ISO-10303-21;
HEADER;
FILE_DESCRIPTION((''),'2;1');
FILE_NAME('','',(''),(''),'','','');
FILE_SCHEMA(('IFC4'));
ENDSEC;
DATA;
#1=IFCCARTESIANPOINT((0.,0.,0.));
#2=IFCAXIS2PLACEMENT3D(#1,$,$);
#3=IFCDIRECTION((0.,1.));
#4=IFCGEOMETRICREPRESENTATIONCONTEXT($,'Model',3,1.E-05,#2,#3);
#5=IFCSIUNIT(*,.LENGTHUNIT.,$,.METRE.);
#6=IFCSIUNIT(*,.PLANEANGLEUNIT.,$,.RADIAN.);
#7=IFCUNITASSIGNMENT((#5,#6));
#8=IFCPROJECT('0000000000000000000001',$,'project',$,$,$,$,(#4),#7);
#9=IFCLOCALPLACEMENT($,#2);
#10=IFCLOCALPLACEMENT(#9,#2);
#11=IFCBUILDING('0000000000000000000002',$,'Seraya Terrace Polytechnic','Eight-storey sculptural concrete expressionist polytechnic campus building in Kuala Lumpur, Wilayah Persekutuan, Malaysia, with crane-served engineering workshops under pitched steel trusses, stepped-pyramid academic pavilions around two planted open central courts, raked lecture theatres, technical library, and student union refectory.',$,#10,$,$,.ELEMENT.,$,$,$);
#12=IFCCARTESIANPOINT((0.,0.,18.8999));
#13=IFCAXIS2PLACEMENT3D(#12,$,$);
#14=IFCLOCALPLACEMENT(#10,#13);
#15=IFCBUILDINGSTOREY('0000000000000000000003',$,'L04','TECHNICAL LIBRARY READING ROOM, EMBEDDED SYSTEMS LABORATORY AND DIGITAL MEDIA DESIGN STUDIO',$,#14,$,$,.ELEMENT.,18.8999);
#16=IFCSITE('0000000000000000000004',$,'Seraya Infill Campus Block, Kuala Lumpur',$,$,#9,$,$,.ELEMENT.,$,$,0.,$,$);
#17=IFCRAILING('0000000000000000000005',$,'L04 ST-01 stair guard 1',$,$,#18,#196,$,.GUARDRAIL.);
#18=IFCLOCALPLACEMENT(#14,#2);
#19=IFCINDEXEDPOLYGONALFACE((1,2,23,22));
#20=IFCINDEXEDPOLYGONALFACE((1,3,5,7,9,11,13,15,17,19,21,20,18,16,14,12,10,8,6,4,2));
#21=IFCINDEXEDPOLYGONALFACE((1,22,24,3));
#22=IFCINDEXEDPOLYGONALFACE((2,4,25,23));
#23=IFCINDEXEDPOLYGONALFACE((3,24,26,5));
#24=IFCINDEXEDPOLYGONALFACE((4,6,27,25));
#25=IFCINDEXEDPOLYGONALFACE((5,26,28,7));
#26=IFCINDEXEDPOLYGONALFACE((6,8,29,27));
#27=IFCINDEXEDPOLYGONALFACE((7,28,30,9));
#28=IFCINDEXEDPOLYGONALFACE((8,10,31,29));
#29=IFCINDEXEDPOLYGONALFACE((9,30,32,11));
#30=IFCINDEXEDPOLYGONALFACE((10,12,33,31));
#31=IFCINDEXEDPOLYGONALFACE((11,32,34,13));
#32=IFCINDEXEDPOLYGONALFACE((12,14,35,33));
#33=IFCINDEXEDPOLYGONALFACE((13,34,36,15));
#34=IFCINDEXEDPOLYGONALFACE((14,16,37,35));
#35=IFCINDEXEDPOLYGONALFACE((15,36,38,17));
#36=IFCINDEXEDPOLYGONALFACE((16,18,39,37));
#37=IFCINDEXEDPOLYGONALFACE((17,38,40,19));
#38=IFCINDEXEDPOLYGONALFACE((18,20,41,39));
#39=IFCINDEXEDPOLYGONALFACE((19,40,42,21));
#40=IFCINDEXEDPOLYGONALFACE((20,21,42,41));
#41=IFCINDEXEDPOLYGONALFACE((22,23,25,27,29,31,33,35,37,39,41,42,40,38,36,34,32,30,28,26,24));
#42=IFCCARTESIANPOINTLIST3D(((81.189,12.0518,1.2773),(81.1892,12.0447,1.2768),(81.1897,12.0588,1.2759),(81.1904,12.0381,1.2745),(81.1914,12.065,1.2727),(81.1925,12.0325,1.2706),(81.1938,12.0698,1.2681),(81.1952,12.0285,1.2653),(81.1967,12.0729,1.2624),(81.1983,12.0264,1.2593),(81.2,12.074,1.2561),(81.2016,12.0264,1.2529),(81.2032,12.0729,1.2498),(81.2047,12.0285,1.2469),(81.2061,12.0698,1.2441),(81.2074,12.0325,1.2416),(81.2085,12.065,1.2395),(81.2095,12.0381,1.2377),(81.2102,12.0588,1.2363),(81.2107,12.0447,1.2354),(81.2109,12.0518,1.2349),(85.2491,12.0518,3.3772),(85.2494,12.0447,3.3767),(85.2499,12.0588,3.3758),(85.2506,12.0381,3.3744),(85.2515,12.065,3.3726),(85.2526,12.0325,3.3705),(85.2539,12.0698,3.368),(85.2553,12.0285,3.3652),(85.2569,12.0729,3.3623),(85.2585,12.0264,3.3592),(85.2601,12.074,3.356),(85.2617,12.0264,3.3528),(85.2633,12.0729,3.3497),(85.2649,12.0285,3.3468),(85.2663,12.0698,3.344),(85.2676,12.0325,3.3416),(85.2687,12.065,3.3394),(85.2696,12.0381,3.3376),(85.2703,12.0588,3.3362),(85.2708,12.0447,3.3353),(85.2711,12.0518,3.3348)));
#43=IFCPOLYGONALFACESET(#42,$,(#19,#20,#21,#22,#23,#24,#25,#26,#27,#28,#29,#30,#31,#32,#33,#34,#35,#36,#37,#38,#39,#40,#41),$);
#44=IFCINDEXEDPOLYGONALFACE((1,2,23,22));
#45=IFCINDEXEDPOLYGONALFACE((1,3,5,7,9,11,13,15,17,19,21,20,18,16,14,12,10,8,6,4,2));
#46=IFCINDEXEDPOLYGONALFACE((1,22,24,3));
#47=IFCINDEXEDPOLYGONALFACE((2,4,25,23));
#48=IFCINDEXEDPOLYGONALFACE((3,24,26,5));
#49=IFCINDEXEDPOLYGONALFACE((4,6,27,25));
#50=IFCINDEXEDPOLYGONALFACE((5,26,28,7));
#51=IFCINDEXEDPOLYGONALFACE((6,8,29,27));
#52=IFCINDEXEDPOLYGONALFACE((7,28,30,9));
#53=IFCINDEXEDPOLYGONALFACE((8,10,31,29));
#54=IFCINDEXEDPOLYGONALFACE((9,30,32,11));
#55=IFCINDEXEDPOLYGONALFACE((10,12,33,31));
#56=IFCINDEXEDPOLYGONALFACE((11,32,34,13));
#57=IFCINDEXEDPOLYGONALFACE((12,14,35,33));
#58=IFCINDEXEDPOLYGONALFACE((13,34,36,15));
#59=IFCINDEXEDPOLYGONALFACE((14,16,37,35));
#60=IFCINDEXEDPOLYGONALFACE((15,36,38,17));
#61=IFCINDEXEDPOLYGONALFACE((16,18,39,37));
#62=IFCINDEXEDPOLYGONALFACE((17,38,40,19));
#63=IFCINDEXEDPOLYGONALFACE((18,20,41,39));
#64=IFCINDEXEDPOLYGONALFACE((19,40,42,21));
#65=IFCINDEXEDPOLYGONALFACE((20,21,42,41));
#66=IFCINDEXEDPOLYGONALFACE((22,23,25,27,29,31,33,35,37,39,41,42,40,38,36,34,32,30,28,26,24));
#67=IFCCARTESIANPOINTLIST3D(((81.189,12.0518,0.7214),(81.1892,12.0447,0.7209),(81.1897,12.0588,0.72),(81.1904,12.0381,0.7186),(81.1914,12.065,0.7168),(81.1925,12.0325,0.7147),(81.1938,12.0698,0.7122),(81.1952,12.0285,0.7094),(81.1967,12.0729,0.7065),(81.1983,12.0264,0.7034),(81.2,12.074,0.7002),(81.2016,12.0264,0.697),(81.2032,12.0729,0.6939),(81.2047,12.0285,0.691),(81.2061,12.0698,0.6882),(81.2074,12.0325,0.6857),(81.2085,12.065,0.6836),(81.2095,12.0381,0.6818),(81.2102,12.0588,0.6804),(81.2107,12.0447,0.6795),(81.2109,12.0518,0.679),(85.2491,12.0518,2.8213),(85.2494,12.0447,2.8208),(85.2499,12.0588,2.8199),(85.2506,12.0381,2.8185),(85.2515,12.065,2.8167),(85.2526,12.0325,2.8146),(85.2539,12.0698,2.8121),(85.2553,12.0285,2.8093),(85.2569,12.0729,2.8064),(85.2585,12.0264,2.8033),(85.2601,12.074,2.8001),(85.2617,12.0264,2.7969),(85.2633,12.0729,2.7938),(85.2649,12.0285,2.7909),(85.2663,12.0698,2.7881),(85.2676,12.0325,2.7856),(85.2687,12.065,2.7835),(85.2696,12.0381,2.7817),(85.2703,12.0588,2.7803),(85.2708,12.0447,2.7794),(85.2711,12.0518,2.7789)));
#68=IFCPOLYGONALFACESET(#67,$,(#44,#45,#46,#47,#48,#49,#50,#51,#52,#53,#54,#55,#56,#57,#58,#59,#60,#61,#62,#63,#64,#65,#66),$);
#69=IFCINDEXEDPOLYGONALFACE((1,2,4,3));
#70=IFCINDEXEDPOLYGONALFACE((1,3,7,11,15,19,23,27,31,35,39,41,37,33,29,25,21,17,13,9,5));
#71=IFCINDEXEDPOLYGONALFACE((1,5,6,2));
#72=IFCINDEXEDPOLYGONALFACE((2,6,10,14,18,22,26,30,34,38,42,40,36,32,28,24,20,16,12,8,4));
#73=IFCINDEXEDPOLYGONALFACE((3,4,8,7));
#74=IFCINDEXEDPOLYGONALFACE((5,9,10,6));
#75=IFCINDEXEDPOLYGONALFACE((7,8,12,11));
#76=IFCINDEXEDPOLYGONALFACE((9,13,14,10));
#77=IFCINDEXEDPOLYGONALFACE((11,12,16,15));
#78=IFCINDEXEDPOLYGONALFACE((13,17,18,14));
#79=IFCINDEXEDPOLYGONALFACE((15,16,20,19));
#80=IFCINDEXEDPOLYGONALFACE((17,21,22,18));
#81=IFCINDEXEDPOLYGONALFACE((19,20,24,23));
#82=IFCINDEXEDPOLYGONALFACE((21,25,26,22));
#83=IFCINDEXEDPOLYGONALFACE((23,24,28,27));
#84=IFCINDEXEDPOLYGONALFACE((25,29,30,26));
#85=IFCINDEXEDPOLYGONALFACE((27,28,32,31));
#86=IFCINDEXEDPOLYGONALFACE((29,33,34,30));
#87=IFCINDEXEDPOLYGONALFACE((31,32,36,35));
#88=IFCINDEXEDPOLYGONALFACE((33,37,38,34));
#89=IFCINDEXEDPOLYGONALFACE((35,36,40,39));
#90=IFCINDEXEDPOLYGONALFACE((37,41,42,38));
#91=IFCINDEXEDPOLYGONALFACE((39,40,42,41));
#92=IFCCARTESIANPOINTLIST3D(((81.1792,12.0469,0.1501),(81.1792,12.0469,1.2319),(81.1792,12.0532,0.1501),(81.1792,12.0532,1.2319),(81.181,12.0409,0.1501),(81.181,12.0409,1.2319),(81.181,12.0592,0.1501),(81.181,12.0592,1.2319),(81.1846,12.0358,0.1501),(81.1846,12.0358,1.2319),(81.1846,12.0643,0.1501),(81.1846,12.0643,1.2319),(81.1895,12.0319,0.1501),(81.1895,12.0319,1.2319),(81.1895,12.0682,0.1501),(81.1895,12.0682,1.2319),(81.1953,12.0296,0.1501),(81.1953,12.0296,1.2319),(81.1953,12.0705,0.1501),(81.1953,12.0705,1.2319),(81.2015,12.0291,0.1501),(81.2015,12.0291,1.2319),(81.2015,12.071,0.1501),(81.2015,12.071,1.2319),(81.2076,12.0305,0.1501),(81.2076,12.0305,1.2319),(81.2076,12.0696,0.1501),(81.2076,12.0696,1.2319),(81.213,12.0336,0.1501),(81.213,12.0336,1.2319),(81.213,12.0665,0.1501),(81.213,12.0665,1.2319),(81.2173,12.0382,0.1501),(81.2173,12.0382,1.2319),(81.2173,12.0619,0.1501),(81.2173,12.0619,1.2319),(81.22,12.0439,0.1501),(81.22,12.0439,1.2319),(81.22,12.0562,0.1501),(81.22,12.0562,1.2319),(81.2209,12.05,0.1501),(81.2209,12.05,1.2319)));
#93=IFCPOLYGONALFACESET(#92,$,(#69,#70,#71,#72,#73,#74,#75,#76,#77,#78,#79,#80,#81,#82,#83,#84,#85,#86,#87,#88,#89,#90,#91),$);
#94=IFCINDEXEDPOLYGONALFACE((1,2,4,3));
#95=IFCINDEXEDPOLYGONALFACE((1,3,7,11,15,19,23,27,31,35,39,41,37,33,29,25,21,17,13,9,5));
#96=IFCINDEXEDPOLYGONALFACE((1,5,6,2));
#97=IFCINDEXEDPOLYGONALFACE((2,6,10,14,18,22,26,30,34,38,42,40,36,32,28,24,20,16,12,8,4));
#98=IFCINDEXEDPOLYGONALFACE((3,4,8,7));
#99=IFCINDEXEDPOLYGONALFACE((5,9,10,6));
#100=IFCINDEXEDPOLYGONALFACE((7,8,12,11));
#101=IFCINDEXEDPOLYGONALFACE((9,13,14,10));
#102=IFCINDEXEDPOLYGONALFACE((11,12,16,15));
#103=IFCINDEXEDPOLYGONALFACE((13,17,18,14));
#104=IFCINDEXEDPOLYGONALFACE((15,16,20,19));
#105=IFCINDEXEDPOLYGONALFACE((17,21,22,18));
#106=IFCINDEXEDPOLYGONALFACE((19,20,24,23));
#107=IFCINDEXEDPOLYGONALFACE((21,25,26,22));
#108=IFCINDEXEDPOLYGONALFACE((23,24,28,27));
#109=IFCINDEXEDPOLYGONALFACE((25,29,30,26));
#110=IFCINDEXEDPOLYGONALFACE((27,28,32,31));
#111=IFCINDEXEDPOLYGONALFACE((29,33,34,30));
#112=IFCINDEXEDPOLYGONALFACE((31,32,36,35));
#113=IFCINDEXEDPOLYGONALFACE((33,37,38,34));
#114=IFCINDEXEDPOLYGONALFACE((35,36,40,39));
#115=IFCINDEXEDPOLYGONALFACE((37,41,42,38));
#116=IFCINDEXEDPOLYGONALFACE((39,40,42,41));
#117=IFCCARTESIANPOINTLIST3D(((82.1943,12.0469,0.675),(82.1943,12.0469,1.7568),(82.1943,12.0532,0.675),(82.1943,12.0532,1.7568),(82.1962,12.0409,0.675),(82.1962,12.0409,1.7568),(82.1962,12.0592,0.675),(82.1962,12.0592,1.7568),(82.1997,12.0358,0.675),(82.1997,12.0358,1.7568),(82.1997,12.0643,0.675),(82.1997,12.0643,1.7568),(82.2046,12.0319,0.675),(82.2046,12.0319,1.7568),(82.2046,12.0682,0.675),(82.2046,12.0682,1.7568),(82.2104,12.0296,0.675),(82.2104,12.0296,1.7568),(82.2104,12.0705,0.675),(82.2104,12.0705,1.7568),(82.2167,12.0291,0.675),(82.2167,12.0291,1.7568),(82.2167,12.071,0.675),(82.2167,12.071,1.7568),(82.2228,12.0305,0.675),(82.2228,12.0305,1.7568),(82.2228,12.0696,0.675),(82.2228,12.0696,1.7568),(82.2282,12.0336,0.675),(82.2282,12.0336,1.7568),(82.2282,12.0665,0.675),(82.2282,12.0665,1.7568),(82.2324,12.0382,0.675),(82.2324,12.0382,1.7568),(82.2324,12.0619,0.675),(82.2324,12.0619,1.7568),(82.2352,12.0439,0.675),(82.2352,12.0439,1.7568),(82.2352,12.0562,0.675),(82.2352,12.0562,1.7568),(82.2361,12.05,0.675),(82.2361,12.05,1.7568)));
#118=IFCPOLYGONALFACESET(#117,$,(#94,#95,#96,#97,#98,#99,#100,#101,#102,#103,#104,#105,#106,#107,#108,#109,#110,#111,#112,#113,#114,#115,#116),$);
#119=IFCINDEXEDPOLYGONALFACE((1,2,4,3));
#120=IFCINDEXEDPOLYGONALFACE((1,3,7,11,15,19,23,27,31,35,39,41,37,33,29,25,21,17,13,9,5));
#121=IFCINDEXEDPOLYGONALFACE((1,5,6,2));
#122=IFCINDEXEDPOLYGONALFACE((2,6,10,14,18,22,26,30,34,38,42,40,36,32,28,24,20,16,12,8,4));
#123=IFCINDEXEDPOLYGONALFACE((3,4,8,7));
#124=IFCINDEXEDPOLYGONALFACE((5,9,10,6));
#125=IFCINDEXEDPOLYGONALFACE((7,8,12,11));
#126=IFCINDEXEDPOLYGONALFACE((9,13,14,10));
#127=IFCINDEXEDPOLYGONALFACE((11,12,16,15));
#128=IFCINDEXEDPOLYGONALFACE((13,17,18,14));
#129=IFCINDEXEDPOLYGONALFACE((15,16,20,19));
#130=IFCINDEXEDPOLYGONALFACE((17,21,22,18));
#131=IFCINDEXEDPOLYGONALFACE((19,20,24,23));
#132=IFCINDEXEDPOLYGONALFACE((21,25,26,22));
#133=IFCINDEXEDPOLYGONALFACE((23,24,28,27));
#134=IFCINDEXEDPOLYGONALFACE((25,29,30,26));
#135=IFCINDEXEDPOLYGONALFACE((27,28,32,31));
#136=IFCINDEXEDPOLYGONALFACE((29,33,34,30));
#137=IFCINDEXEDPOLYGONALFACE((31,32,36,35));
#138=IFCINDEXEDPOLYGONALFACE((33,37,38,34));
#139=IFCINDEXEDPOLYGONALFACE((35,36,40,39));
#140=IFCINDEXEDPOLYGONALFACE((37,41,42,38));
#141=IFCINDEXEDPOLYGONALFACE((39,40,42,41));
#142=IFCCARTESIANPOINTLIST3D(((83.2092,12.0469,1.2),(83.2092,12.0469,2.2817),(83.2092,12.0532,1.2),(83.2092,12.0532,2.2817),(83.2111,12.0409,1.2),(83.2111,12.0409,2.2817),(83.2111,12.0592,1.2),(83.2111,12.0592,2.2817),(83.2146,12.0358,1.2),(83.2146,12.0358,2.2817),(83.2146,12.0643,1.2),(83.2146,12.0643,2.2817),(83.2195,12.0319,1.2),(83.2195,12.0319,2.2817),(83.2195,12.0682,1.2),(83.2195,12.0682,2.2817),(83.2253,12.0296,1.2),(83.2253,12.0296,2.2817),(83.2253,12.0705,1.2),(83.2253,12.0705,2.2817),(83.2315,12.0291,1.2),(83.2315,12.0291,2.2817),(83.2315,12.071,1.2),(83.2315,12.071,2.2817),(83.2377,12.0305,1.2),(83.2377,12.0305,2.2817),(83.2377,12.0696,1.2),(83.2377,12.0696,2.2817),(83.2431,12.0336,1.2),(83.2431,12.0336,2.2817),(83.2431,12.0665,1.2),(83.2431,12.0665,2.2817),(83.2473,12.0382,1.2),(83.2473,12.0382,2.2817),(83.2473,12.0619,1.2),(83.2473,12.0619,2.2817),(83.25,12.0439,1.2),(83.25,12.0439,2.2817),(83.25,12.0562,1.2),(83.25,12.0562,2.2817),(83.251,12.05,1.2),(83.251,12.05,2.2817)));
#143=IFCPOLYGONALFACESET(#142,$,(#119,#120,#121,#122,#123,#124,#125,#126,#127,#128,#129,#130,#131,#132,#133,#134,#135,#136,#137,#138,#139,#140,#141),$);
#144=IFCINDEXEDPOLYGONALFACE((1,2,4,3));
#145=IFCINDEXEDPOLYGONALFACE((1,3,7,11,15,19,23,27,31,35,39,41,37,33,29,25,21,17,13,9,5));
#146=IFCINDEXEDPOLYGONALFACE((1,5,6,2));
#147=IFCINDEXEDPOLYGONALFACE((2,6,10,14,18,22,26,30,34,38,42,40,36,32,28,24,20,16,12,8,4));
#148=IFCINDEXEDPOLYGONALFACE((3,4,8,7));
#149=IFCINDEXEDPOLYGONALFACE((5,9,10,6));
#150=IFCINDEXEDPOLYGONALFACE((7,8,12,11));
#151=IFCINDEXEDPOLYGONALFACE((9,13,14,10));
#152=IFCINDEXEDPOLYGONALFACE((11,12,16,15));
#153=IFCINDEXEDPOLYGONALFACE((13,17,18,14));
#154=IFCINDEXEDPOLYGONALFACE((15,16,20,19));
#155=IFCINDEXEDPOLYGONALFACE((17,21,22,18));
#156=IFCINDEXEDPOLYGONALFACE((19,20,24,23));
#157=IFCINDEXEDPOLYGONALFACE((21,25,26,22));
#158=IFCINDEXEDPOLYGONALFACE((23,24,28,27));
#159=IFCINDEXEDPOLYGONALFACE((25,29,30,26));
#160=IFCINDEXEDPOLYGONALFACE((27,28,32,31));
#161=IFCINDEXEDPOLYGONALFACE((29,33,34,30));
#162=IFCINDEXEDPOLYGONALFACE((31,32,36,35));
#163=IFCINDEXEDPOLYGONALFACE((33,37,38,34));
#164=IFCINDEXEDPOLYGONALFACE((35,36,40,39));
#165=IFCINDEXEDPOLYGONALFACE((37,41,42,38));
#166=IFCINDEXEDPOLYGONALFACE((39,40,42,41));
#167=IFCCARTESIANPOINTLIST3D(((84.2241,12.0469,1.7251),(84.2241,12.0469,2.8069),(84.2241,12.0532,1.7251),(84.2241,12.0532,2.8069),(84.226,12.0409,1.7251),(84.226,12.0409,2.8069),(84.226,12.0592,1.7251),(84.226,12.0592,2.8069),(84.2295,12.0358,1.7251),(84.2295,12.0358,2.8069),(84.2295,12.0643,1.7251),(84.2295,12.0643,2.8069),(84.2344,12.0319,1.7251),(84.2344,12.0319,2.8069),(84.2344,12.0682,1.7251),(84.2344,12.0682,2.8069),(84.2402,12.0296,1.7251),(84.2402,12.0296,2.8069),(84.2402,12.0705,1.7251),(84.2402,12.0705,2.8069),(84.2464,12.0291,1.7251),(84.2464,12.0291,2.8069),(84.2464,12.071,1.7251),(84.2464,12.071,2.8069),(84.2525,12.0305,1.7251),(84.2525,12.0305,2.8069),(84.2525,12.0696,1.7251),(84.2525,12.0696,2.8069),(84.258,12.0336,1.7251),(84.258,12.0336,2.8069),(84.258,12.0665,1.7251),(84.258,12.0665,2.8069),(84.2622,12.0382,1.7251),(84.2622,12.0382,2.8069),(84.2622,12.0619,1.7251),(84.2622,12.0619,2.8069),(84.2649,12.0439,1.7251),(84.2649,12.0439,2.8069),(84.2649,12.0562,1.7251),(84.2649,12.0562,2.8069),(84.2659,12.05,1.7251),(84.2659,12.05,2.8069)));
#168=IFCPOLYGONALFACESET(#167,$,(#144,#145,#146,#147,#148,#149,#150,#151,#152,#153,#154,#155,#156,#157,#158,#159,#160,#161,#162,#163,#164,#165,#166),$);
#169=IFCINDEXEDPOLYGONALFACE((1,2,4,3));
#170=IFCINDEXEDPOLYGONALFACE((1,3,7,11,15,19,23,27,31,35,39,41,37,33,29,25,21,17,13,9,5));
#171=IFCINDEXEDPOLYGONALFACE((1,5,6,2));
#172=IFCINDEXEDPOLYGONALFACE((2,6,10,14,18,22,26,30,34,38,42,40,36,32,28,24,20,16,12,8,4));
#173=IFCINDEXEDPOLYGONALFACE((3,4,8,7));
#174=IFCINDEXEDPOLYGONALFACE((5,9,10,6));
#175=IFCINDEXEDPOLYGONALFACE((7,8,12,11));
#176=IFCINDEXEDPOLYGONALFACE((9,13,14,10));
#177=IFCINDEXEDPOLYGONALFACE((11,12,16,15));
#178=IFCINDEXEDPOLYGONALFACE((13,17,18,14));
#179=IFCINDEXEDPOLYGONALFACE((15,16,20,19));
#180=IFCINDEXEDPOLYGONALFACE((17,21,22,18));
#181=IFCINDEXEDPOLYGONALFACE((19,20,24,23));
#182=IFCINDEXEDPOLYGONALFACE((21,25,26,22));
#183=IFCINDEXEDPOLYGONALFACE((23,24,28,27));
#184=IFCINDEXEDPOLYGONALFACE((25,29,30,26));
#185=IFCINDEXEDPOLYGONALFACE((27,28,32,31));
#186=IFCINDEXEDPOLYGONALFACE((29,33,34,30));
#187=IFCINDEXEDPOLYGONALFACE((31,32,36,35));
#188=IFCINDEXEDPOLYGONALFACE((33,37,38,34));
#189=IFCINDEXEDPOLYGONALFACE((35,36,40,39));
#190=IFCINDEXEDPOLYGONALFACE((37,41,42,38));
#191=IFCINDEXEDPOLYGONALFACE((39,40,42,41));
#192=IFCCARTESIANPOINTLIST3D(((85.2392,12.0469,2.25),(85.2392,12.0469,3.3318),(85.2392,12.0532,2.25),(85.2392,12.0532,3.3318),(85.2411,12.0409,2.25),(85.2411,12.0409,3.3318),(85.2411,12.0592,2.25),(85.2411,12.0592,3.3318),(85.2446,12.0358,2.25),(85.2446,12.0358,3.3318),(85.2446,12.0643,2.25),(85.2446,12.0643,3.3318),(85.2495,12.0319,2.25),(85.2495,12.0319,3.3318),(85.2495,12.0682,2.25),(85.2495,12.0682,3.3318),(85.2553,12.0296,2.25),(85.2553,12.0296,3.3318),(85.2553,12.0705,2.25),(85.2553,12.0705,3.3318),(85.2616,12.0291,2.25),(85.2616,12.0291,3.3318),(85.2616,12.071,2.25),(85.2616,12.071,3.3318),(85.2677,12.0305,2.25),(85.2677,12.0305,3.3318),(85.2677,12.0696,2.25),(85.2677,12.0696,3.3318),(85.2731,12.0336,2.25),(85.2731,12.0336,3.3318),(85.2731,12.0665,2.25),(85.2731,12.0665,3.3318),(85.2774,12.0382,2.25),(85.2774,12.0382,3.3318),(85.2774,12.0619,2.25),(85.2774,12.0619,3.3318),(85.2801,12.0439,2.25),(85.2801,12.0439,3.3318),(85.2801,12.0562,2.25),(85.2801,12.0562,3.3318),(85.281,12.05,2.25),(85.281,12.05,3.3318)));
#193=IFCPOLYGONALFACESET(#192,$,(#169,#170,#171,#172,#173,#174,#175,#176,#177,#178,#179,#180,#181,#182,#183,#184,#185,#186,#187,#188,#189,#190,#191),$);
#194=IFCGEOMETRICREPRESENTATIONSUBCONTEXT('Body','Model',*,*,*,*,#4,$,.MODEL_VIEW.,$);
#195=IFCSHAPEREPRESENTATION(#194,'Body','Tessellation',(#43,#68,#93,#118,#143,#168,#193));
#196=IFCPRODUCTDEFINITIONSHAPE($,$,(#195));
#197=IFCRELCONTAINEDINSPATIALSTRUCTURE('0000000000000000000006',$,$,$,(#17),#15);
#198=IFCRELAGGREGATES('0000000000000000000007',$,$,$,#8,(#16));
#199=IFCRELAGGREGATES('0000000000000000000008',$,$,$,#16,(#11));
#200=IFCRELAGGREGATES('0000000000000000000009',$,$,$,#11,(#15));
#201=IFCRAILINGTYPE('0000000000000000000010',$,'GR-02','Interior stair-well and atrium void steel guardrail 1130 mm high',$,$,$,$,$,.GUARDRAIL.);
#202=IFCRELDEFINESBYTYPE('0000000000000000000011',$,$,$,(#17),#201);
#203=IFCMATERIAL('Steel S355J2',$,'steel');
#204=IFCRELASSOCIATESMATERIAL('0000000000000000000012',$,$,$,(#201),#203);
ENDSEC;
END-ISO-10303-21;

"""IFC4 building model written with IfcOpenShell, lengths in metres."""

from ifc_helpers import new_model, si_unit, direction, frame, origin, origin_2d, place, context, subcontext, project, spatial, circle, extrude, material, type_object, element, save


model = new_model("IFC4")

# Units and contexts
model_context = context("Model", 3, precision=1e-05, world=origin(), true_north=direction((0.0, 1.0)))
body_context = subcontext(model_context, "Body", "Model", "MODEL_VIEW")
ifc_project = project(units=[si_unit("LENGTHUNIT", "METRE"), si_unit("PLANEANGLEUNIT", "RADIAN")], contexts=[model_context])

# Site, building, storey
site_placement = place(None, origin())
site = spatial("IfcSite", under=ifc_project, at=site_placement, Name="Seraya Infill Campus Block, Kuala Lumpur", CompositionType="ELEMENT", RefElevation=0.0)
building_placement = place(site_placement, origin())
building = spatial("IfcBuilding", under=site, at=building_placement, Name="Seraya Terrace Polytechnic", Description="Eight-storey sculptural concrete expressionist polytechnic campus building in Kuala Lumpur, Wilayah Persekutuan, Malaysia, with crane-served engineering workshops under pitched steel trusses, stepped-pyramid academic pavilions around two planted open central courts, raked lecture theatres, technical library, and student union refectory.", CompositionType="ELEMENT")
storey_placement = place(building_placement, frame((0.0, 0.0, 18.8999)))
storey = spatial("IfcBuildingStorey", under=building, at=storey_placement, Name="L04", Description="TECHNICAL LIBRARY READING ROOM, EMBEDDED SYSTEMS LABORATORY AND DIGITAL MEDIA DESIGN STUDIO", CompositionType="ELEMENT", Elevation=18.8999)

# Railing
ifc_material_1 = material(Name="Steel S355J2", Category="steel")
railing_type = type_object("IfcRailingType", Name="GR-02", Description="Interior stair-well and atrium void steel guardrail 1130 mm high", PredefinedType="GUARDRAIL", material=ifc_material_1)
railing_1_placement = place(storey_placement, frame((81.2, 12.05, 0.1501)))
element("IfcRailing", 1, at=railing_1_placement, inside=storey, type_object=railing_type, Name="L04 ST-01 stair guard 1", PredefinedType="GUARDRAIL", context=body_context, shape_type="SweptSolid", body=[
    extrude(circle(Radius=0.0239, at=origin_2d()), frame((0.0, 0.0, 1.106), z_axis=(0.888233, 0.0, 0.459392), x_axis=(0.0, 1.0, 0.0)), (0.0, 0.0, 1.0), 4.571),
    extrude(circle(Radius=0.0239, at=origin_2d()), frame((0.0, 0.0, 0.55), z_axis=(0.888233, 0.0, 0.459392), x_axis=(0.0, 1.0, 0.0)), (0.0, 0.0, 1.0), 4.571),
    extrude(circle(Radius=0.021, at=origin_2d()), origin(), (0.0, 0.0, 1.0), 1.0818),
    extrude(circle(Radius=0.021, at=origin_2d()), frame((1.0151, 0.0, 0.5249)), (0.0, 0.0, 1.0), 1.0818),
    extrude(circle(Radius=0.021, at=origin_2d()), frame((2.03, 0.0, 1.0498)), (0.0, 0.0, 1.0), 1.0818),
    extrude(circle(Radius=0.021, at=origin_2d()), frame((3.0449, 0.0, 1.575)), (0.0, 0.0, 1.0), 1.0818),
    extrude(circle(Radius=0.021, at=origin_2d()), frame((4.0601, 0.0, 2.0999)), (0.0, 0.0, 1.0), 1.0818),
])

save(model, "model.ifc")
